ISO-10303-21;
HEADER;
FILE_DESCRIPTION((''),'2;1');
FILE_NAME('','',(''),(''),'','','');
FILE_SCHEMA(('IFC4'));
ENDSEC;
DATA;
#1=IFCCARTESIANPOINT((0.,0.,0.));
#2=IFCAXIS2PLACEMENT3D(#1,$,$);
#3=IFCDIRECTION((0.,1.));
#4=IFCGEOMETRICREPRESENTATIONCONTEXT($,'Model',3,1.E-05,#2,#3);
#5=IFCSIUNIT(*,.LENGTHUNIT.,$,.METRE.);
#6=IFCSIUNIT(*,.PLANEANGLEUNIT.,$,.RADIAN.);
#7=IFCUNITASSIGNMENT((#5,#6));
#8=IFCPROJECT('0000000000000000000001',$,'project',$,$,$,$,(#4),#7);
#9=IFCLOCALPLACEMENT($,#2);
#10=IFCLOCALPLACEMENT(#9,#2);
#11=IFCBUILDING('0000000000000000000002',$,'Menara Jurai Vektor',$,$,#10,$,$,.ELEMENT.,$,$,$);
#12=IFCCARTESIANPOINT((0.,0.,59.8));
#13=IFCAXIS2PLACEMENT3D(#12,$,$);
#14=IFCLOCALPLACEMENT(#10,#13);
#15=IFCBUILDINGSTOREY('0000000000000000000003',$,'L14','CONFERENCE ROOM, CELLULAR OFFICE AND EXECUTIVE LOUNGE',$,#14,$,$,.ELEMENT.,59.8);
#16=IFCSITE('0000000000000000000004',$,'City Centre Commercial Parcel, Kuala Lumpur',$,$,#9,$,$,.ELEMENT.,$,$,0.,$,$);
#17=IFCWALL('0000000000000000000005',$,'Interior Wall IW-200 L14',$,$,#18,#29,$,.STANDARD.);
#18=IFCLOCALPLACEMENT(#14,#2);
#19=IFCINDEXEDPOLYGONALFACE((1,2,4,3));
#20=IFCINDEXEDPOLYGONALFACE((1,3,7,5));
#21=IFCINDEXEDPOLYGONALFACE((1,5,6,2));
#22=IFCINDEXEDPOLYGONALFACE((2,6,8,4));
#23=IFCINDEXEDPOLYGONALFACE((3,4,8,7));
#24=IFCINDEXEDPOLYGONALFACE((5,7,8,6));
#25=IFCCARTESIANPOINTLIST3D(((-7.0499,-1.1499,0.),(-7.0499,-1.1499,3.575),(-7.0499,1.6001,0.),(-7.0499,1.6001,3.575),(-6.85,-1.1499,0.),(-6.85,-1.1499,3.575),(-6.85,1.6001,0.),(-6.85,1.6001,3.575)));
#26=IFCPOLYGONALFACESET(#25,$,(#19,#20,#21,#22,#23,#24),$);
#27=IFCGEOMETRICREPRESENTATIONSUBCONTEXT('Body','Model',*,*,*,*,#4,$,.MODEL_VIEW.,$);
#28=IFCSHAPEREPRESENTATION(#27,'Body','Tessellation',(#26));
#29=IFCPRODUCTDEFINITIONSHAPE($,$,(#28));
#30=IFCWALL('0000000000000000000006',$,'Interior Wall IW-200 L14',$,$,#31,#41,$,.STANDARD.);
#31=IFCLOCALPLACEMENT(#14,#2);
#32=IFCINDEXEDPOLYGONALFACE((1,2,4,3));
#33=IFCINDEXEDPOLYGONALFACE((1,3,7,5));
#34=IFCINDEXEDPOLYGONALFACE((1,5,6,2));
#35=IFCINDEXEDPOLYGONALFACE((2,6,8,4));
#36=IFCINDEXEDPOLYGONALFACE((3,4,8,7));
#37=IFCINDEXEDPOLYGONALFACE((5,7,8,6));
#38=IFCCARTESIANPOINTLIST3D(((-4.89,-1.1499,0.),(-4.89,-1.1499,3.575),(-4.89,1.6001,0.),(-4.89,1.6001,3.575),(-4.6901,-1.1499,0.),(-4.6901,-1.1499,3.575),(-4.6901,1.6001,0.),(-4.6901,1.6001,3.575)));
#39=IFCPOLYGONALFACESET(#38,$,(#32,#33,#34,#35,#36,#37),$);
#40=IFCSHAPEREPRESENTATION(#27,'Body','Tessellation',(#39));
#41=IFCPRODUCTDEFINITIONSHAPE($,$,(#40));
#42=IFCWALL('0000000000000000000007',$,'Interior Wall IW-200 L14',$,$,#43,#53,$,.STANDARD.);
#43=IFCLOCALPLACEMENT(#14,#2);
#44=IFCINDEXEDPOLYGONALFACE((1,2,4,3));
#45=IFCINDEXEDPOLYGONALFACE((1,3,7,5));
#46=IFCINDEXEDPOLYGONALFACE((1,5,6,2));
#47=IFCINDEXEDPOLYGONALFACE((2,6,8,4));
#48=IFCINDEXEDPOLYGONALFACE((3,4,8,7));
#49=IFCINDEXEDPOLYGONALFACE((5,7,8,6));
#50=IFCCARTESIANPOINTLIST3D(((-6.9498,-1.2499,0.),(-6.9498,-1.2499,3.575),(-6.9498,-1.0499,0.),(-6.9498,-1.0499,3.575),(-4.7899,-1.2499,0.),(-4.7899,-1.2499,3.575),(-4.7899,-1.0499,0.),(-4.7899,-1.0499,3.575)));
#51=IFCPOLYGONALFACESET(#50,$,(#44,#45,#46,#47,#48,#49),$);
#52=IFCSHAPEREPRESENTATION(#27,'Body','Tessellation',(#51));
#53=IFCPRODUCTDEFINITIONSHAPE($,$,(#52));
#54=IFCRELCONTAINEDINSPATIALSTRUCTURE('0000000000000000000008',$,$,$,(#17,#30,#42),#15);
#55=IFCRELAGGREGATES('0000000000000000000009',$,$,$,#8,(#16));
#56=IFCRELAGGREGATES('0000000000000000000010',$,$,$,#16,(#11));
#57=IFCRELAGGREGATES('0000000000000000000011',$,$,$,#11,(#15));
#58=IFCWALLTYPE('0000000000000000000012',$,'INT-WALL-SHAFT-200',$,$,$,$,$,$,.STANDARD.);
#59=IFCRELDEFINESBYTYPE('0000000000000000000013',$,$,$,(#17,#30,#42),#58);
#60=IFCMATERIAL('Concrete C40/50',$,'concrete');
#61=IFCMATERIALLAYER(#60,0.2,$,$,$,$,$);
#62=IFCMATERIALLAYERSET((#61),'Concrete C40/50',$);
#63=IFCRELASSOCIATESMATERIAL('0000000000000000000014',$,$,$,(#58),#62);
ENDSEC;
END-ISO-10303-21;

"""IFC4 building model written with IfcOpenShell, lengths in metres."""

from ifc_helpers import new_model, si_unit, direction, frame, frame_2d, origin, place, context, subcontext, project, spatial, rectangle, extrude, material, layer, layer_set, type_object, element, save


model = new_model("IFC4")

# Units and contexts
model_context = context("Model", 3, precision=1e-05, world=origin(), true_north=direction((0.0, 1.0)))
body_context = subcontext(model_context, "Body", "Model", "MODEL_VIEW")
ifc_project = project(units=[si_unit("LENGTHUNIT", "METRE"), si_unit("PLANEANGLEUNIT", "RADIAN")], contexts=[model_context])

# Site, building, storey
site_placement = place(None, origin())
site = spatial("IfcSite", under=ifc_project, at=site_placement, Name="City Centre Commercial Parcel, Kuala Lumpur", CompositionType="ELEMENT", RefElevation=0.0)
building_placement = place(site_placement, origin())
building = spatial("IfcBuilding", under=site, at=building_placement, Name="Menara Jurai Vektor", CompositionType="ELEMENT")
storey_placement = place(building_placement, frame((0.0, 0.0, 59.8)))
storey = spatial("IfcBuildingStorey", under=building, at=storey_placement, Name="L14", Description="CONFERENCE ROOM, CELLULAR OFFICE AND EXECUTIVE LOUNGE", CompositionType="ELEMENT", Elevation=59.8)

# Shared definitions
ifc_material_1 = material(Name="Concrete C40/50", Category="concrete")

# Shared definitions
ifc_layer_1 = layer(ifc_material_1, 0.2)
ifc_layer_set_1 = layer_set([ifc_layer_1], Name="Concrete C40/50")
wall_type_1 = type_object("IfcWallType", Name="INT-WALL-SHAFT-200", PredefinedType="STANDARD", material=ifc_layer_set_1)

# Wall
wall_1_placement = place(storey_placement, frame((-6.95, -1.1499, 0.0), z_axis=(0.0, 0.0, 1.0), x_axis=(0.0, 1.0, 0.0)))
element("IfcWall", 1, at=wall_1_placement, inside=storey, type_object=wall_type_1, Name="Interior Wall IW-200 L14", PredefinedType="STANDARD", context=body_context, shape_type="SweptSolid", body=[
    extrude(rectangle(XDim=2.75, YDim=0.2, at=frame_2d((1.375, 0.0))), origin(), (0.0, 0.0, 1.0), 3.575),
])

# Walls
wall_2_placement = place(storey_placement, frame((-4.79, -1.1499, 0.0), z_axis=(0.0, 0.0, 1.0), x_axis=(0.0, 1.0, 0.0)))
element("IfcWall", 2, at=wall_2_placement, inside=storey, type_object=wall_type_1, Name="Interior Wall IW-200 L14", PredefinedType="STANDARD", context=body_context, shape_type="SweptSolid", body=[
    extrude(rectangle(XDim=2.75, YDim=0.2, at=frame_2d((1.375, 0.0))), origin(), (0.0, 0.0, 1.0), 3.575),
])
wall_3_placement = place(storey_placement, frame((-6.95, -1.1499, 0.0), z_axis=(0.0, 0.0, 1.0), x_axis=(1.0, 0.0, 0.0)))
element("IfcWall", 3, at=wall_3_placement, inside=storey, type_object=wall_type_1, Name="Interior Wall IW-200 L14", PredefinedType="STANDARD", context=body_context, shape_type="SweptSolid", body=[
    extrude(rectangle(XDim=2.1599, YDim=0.2, at=frame_2d((1.0801, 0.0))), origin(), (0.0, 0.0, 1.0), 3.575),
])

save(model, "model.ifc")
